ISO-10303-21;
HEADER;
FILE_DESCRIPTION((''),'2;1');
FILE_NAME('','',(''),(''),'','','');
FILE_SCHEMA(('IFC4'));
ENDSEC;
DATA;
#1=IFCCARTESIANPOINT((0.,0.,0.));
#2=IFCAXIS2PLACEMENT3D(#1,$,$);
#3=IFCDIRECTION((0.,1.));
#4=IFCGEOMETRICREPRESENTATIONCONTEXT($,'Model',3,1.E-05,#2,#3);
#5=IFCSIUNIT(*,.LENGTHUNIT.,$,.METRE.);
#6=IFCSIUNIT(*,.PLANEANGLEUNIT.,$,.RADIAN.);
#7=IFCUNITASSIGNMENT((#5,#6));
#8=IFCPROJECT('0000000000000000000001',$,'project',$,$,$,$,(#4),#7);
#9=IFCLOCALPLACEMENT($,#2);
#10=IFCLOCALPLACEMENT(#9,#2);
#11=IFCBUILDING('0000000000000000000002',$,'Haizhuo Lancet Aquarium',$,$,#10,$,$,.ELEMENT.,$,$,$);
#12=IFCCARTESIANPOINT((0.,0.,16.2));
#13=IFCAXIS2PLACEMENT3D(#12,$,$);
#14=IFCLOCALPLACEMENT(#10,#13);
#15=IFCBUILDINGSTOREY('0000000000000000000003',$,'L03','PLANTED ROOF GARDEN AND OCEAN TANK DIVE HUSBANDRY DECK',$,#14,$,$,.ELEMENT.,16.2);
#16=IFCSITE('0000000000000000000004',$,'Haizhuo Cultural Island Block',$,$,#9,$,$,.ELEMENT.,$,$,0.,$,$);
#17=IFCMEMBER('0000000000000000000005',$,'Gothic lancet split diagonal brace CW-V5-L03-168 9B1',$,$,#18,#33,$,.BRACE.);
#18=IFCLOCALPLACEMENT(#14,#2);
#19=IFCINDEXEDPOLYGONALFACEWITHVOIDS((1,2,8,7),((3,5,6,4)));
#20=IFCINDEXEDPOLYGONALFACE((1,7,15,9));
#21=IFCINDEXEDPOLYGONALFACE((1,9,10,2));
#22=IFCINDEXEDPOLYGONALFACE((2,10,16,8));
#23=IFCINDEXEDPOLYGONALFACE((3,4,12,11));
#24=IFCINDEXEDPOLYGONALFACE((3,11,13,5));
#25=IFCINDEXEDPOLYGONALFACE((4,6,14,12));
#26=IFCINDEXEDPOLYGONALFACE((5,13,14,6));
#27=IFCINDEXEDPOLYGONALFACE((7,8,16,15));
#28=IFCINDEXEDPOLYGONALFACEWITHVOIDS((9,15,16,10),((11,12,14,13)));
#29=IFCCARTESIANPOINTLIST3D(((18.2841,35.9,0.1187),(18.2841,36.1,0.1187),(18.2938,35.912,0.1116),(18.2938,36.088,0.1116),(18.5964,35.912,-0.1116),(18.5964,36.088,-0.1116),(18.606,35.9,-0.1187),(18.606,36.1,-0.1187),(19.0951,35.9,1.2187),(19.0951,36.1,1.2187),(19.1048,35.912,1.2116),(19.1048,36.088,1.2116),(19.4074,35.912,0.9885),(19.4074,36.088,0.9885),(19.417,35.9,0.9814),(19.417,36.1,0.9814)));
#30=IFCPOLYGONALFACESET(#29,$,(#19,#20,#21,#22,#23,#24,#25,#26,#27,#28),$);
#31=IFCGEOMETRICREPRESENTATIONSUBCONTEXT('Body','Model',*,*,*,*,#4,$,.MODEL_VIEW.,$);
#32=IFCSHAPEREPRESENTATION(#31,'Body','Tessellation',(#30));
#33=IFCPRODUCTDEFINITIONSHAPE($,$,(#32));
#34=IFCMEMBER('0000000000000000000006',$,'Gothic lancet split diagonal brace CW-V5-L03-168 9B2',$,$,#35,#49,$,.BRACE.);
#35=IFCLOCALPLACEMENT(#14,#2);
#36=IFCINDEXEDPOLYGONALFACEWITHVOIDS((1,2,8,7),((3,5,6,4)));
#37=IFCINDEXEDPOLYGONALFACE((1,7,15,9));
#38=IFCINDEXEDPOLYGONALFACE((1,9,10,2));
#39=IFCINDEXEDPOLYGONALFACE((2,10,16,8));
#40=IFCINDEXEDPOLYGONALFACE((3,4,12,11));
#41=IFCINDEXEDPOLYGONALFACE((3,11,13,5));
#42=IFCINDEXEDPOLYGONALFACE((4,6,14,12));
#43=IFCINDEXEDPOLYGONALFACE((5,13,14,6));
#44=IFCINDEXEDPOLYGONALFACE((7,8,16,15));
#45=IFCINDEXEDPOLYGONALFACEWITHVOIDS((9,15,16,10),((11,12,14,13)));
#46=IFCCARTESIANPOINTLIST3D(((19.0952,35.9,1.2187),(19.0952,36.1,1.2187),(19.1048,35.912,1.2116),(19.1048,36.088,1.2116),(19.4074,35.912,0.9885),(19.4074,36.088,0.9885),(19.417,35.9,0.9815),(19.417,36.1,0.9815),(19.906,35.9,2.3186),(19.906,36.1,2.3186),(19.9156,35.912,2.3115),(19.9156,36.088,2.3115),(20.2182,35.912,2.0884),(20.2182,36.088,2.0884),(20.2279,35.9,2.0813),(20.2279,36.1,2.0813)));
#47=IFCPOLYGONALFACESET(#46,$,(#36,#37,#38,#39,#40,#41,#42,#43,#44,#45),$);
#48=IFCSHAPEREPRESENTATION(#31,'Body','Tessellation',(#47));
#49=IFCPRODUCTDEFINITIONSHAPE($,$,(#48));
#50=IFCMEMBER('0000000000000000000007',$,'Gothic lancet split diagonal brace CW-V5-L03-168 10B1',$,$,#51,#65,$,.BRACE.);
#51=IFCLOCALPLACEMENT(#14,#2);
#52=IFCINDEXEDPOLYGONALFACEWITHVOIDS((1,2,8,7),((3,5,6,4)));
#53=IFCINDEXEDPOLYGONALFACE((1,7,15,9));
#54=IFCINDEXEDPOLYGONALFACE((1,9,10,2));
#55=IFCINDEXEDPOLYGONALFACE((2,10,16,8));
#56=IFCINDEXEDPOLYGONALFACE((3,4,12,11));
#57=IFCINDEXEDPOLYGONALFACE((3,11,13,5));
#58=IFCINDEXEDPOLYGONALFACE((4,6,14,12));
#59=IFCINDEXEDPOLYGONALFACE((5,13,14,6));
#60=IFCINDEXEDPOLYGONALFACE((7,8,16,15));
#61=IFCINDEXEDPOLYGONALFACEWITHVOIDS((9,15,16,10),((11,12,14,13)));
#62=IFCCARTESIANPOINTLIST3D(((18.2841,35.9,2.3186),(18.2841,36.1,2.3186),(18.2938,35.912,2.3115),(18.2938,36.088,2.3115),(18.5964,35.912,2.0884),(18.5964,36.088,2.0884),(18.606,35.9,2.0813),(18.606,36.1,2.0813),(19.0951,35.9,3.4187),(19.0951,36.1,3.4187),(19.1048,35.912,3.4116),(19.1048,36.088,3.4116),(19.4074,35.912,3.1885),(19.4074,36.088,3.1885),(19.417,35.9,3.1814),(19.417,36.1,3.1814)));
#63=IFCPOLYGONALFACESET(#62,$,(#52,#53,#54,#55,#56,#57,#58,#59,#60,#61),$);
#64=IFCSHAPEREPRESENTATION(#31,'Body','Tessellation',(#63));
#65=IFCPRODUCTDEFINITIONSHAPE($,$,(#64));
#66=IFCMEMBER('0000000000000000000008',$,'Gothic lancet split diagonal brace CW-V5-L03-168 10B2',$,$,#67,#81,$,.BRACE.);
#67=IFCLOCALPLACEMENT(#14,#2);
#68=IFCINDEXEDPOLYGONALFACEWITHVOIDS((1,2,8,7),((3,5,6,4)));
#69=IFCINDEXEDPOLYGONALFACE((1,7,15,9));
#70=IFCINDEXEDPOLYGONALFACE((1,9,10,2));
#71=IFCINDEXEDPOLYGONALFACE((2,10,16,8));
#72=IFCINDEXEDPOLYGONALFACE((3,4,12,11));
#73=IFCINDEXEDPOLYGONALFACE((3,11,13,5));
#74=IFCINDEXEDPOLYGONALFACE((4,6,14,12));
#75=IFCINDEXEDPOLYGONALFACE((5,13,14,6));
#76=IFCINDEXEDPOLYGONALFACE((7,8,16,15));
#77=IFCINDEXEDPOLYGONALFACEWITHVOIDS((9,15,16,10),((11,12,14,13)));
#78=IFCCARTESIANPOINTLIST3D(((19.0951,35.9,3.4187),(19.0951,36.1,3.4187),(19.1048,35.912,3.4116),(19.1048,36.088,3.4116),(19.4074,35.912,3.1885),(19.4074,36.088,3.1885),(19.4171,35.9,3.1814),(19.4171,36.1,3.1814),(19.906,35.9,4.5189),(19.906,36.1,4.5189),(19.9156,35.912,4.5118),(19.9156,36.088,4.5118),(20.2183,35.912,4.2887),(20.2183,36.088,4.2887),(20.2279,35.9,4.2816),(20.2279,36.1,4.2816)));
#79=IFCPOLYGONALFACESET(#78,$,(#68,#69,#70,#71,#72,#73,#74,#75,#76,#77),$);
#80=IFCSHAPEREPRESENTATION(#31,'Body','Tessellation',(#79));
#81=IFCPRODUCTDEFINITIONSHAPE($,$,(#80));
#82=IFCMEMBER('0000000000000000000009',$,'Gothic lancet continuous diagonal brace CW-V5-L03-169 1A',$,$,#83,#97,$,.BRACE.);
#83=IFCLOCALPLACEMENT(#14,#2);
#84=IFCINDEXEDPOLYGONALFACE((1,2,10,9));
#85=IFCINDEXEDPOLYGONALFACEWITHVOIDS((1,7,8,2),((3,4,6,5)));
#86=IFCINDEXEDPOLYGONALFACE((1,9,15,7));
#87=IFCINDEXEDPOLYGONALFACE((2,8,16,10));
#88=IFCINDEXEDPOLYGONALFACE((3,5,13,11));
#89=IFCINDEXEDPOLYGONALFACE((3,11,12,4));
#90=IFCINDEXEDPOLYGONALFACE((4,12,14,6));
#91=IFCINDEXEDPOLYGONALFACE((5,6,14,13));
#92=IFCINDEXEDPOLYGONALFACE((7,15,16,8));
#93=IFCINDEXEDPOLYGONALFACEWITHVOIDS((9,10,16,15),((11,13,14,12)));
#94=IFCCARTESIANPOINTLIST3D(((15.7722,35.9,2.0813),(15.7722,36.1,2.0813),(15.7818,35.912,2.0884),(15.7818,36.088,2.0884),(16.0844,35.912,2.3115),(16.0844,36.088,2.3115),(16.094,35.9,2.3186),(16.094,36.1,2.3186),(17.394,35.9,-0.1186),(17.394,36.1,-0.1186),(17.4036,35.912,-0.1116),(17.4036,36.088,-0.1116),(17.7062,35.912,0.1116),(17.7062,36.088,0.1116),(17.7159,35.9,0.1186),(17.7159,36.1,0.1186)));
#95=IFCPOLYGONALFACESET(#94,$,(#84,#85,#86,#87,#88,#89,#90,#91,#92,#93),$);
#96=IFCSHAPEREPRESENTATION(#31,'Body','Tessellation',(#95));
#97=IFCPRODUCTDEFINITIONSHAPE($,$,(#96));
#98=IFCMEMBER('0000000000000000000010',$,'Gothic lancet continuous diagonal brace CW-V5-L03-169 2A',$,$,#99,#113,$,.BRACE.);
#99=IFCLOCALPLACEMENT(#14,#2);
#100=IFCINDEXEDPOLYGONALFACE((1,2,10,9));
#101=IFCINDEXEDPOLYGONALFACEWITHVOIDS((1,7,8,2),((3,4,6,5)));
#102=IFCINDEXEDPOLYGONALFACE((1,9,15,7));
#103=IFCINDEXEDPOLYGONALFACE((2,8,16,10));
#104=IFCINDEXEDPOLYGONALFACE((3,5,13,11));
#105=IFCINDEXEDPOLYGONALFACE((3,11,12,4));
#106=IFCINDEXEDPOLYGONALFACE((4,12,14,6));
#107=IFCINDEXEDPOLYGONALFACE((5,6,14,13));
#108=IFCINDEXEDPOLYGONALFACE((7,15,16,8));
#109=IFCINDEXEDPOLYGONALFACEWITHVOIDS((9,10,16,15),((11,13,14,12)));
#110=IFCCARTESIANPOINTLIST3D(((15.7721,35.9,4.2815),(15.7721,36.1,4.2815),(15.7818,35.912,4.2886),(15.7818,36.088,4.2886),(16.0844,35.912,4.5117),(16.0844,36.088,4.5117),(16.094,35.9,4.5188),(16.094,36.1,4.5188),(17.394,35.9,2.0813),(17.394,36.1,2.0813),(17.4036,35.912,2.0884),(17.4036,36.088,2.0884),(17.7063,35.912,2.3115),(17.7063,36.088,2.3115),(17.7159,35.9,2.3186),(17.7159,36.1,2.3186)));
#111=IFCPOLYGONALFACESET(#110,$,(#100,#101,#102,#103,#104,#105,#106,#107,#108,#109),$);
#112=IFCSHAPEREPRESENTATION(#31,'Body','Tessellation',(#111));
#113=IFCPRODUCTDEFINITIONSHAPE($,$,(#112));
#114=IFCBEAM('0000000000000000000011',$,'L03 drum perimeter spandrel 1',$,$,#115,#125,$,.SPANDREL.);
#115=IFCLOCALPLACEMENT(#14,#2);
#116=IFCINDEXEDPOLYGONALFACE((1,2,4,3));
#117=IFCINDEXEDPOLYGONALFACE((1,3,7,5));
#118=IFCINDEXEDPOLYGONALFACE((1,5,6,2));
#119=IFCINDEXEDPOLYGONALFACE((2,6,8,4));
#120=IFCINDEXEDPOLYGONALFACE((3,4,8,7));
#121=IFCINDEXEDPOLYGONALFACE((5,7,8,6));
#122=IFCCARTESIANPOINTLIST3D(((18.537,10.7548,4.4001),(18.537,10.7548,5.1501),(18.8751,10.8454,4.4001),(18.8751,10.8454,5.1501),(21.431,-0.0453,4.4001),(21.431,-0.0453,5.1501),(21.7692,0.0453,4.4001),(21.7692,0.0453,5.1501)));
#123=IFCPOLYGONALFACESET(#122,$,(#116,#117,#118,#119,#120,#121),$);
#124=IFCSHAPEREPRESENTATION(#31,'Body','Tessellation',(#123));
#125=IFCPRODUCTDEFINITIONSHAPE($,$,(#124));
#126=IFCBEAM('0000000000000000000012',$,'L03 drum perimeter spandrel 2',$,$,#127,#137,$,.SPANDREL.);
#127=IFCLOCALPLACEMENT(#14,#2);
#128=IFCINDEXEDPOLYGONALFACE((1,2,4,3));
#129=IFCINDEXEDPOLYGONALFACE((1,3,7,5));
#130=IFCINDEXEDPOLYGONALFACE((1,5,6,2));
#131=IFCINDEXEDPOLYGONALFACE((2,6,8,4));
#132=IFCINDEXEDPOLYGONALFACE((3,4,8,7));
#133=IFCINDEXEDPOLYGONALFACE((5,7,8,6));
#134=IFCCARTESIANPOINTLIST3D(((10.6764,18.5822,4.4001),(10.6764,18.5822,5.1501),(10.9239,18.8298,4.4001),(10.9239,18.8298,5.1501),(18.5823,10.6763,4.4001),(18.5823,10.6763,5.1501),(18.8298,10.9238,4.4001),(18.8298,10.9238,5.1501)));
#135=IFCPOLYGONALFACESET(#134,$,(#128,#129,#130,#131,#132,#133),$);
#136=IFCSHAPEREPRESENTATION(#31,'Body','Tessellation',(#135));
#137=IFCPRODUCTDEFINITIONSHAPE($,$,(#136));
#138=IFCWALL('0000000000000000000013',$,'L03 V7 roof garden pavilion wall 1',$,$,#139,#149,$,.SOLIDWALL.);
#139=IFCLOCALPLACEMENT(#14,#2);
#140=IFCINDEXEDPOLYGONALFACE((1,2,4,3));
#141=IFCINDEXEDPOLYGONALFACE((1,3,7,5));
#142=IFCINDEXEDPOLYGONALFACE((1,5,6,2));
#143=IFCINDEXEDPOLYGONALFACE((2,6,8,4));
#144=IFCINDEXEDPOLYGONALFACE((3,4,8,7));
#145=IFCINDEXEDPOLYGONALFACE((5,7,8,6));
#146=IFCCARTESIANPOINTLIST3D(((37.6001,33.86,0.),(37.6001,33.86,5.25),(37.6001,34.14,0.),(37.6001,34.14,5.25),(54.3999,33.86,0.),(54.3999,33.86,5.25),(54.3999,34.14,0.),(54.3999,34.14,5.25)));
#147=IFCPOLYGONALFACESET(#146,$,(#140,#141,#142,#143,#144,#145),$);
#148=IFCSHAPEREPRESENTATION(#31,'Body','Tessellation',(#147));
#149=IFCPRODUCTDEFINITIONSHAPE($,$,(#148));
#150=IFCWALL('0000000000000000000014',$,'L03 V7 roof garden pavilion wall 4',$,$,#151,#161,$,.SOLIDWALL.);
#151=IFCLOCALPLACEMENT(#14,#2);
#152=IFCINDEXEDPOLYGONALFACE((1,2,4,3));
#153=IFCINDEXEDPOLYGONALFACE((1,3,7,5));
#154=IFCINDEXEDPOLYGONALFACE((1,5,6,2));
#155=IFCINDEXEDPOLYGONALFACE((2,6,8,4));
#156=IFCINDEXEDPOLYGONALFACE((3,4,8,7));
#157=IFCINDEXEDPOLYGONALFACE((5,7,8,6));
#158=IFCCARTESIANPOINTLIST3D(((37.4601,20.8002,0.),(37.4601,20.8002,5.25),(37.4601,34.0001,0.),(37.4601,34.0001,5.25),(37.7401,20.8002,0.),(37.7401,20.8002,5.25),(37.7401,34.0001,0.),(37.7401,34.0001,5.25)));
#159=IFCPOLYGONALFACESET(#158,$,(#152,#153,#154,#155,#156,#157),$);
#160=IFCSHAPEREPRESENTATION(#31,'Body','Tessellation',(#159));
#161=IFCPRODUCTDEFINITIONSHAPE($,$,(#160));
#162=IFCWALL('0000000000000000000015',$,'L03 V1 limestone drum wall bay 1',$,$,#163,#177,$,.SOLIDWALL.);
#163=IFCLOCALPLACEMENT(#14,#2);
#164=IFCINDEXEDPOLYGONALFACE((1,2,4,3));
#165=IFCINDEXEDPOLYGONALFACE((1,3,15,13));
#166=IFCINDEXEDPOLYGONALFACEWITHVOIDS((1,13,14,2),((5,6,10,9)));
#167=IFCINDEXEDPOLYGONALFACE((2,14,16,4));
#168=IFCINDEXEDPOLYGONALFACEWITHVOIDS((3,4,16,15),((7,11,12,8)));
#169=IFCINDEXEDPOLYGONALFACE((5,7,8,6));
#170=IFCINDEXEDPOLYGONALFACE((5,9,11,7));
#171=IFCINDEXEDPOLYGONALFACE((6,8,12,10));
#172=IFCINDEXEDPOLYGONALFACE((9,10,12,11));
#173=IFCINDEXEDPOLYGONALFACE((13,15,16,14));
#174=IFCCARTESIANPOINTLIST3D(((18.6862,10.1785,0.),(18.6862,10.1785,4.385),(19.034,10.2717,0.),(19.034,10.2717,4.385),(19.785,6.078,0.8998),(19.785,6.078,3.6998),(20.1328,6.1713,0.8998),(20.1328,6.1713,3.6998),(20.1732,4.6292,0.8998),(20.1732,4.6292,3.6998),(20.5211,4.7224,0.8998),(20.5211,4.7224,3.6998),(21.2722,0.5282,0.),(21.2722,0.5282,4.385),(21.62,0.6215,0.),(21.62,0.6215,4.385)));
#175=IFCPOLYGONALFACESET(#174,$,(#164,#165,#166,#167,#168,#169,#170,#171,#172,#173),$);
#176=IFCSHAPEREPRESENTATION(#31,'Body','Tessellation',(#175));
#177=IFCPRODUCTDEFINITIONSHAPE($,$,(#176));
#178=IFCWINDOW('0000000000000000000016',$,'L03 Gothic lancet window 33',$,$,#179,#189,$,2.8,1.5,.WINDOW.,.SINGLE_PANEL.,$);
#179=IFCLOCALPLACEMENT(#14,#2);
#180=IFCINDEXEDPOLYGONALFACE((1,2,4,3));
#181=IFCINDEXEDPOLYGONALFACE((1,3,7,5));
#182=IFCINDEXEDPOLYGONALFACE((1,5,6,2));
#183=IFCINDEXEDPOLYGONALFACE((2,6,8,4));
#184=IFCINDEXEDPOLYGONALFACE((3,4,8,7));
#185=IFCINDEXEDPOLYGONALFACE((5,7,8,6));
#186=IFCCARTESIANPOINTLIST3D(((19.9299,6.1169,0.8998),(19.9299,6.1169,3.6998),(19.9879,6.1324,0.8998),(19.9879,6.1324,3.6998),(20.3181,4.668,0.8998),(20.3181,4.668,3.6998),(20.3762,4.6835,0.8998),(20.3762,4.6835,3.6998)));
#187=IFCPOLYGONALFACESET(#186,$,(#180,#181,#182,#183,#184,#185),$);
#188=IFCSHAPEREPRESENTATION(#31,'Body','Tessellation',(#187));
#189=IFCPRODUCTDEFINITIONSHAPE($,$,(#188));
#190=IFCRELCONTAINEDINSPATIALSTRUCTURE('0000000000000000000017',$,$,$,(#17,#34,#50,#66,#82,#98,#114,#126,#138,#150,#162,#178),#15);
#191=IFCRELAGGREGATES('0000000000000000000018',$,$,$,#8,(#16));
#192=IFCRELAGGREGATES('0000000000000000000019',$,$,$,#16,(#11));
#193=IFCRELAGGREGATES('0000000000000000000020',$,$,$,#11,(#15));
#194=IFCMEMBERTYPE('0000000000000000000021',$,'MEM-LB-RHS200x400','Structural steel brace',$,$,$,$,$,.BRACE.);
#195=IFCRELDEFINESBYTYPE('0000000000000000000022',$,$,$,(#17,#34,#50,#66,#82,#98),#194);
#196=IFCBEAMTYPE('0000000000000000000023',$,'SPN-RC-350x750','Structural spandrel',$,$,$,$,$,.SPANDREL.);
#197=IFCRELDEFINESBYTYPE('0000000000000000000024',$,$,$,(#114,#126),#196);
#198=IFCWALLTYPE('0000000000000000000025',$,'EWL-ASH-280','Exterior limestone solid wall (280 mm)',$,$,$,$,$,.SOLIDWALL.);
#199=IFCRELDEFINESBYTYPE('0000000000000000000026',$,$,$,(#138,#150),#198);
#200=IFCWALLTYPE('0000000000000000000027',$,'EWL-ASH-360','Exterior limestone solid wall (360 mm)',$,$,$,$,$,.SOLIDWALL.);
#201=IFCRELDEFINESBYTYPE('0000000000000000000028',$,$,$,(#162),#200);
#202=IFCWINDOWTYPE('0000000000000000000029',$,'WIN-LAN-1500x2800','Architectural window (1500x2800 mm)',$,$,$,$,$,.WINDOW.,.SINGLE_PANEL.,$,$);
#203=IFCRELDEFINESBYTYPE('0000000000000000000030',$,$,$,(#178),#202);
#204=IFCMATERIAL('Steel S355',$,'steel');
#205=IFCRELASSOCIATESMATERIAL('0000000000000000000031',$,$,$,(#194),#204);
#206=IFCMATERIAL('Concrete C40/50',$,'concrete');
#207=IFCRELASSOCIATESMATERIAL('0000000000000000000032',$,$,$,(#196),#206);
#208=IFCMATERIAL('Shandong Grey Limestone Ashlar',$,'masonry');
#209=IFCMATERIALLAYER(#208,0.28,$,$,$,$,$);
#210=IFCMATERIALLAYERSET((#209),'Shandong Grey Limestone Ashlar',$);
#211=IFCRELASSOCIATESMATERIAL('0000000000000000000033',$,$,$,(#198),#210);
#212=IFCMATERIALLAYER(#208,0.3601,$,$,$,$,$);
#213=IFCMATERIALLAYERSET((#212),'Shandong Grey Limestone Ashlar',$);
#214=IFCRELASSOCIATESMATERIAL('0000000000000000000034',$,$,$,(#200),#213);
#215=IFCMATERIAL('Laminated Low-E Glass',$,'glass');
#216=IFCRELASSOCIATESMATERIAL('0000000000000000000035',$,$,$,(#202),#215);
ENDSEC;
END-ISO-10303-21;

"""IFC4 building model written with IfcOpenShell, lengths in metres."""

from ifc_helpers import new_model, si_unit, direction, frame, frame_2d, origin, origin_2d, place, context, subcontext, project, spatial, rectangle, hollow_rectangle, extrude, material, layer, layer_set, material_profile, profile_set, type_object, element, fill, save


model = new_model("IFC4")

# Units and contexts
model_context = context("Model", 3, precision=1e-05, world=origin(), true_north=direction((0.0, 1.0)))
body_context = subcontext(model_context, "Body", "Model", "MODEL_VIEW")
ifc_project = project(units=[si_unit("LENGTHUNIT", "METRE"), si_unit("PLANEANGLEUNIT", "RADIAN")], contexts=[model_context])

# Site, building, storey
site_placement = place(None, origin())
site = spatial("IfcSite", under=ifc_project, at=site_placement, Name="Haizhuo Cultural Island Block", CompositionType="ELEMENT", RefElevation=0.0)
building_placement = place(site_placement, origin())
building = spatial("IfcBuilding", under=site, at=building_placement, Name="Haizhuo Lancet Aquarium", CompositionType="ELEMENT")
storey_placement = place(building_placement, frame((0.0, 0.0, 16.2)))
storey = spatial("IfcBuildingStorey", under=building, at=storey_placement, Name="L03", Description="PLANTED ROOF GARDEN AND OCEAN TANK DIVE HUSBANDRY DECK", CompositionType="ELEMENT", Elevation=16.2)

# Shared definitions
ifc_material_1 = material(Name="Concrete C40/50", Category="concrete")

# Members
ifc_material_2 = material(Name="Steel S355", Category="steel")
ifc_material_profile_1 = material_profile(ifc_material_2, hollow_rectangle(XDim=0.2, YDim=0.3999, WallThickness=0.012, at=origin_2d()), Name="RHS 200x400x12")
ifc_profile_set_1 = profile_set([ifc_material_profile_1], Name="Steel S355")
member_type_1 = type_object("IfcMemberType", Name="MEM-LB-RHS200x400", Description="Structural steel brace", PredefinedType="BRACE", material=ifc_profile_set_1)
member_1_placement = place(storey_placement, frame((18.4451, 36.0, 0.0), z_axis=(0.593406, 0.0, 0.804903), x_axis=(0.0, 1.0, 0.0)))
element("IfcMember", 1, at=member_1_placement, inside=storey, type_object=member_type_1, Name="Gothic lancet split diagonal brace CW-V5-L03-168 9B1", PredefinedType="BRACE", context=body_context, shape_type="SweptSolid", body=[
    extrude(hollow_rectangle(XDim=0.2, YDim=0.3999, WallThickness=0.012, at=origin_2d()), origin(), (0.0, 0.0, 1.0), 1.3667),
])
member_2_placement = place(storey_placement, frame((19.2561, 36.0, 1.1001), z_axis=(0.593376, 0.0, 0.804926), x_axis=(0.0, 1.0, 0.0)))
element("IfcMember", 2, at=member_2_placement, inside=storey, type_object=member_type_1, Name="Gothic lancet split diagonal brace CW-V5-L03-168 9B2", PredefinedType="BRACE", context=body_context, shape_type="SweptSolid", body=[
    extrude(hollow_rectangle(XDim=0.2, YDim=0.3999, WallThickness=0.012, at=origin_2d()), origin(), (0.0, 0.0, 1.0), 1.3665),
])
for number, where, z_axis, x_axis, name in (
    (3, (18.4451, 36.0, 2.2), (0.593406, 0.0, 0.804903), (0.0, 1.0, 0.0), "Gothic lancet split diagonal brace CW-V5-L03-168 10B1"),
    (4, (19.2561, 36.0, 3.3), (0.59329, 0.0, 0.804988), (0.0, 1.0, 0.0), "Gothic lancet split diagonal brace CW-V5-L03-168 10B2"),
):
    element("IfcMember", number, at=place(storey_placement, frame(where, z_axis=z_axis, x_axis=x_axis)), inside=storey, type_object=member_type_1, Name=name, PredefinedType="BRACE", context=body_context, shape_type="SweptSolid", body=[
        extrude(hollow_rectangle(XDim=0.2, YDim=0.3999, WallThickness=0.012, at=origin_2d()), origin(), (0.0, 0.0, 1.0), 1.3667),
    ])
member_3_placement = place(storey_placement, frame((17.5549, 36.0, 0.0), z_axis=(-0.593391, 0.0, 0.804914), x_axis=(0.0, -1.0, 0.0)))
element("IfcMember", 5, at=member_3_placement, inside=storey, type_object=member_type_1, Name="Gothic lancet continuous diagonal brace CW-V5-L03-169 1A", PredefinedType="BRACE", context=body_context, shape_type="SweptSolid", body=[
    extrude(hollow_rectangle(XDim=0.2, YDim=0.3999, WallThickness=0.012, at=origin_2d()), origin(), (0.0, 0.0, 1.0), 2.7332),
])
member_4_placement = place(storey_placement, frame((17.5549, 36.0, 2.2), z_axis=(-0.593348, 0.0, 0.804946), x_axis=(0.0, -1.0, 0.0)))
element("IfcMember", 6, at=member_4_placement, inside=storey, type_object=member_type_1, Name="Gothic lancet continuous diagonal brace CW-V5-L03-169 2A", PredefinedType="BRACE", context=body_context, shape_type="SweptSolid", body=[
    extrude(hollow_rectangle(XDim=0.2, YDim=0.3999, WallThickness=0.012, at=origin_2d()), origin(), (0.0, 0.0, 1.0), 2.7334),
])

# Beams
ifc_material_profile_2 = material_profile(ifc_material_1, rectangle(XDim=0.3501, YDim=0.75, at=origin_2d()), Name="RC-SP 350x750")
ifc_profile_set_2 = profile_set([ifc_material_profile_2], Name="Concrete C40/50")
beam_type_1 = type_object("IfcBeamType", Name="SPN-RC-350x750", Description="Structural spandrel", PredefinedType="SPANDREL", material=ifc_profile_set_2)
beam_1_placement = place(storey_placement, frame((21.6001, 0.0, 4.7751), z_axis=(-0.258834, 0.965922, 0.0), x_axis=(-0.965922, -0.258834, 0.0)))
element("IfcBeam", 7, at=beam_1_placement, inside=storey, type_object=beam_type_1, Name="L03 drum perimeter spandrel 1", PredefinedType="SPANDREL", context=body_context, shape_type="SweptSolid", body=[
    extrude(rectangle(XDim=0.3501, YDim=0.75, at=origin_2d()), origin(), (0.0, 0.0, 1.0), 11.1812),
])
beam_2_placement = place(storey_placement, frame((18.7061, 10.8, 4.7751), z_axis=(-0.707107, 0.707107, 0.0), x_axis=(-0.707107, -0.707107, 0.0)))
element("IfcBeam", 8, at=beam_2_placement, inside=storey, type_object=beam_type_1, Name="L03 drum perimeter spandrel 2", PredefinedType="SPANDREL", context=body_context, shape_type="SweptSolid", body=[
    extrude(rectangle(XDim=0.3501, YDim=0.75, at=origin_2d()), origin(), (0.0, 0.0, 1.0), 11.1807),
])

# Walls
ifc_material_3 = material(Name="Shandong Grey Limestone Ashlar", Category="masonry")
ifc_layer_1 = layer(ifc_material_3, 0.28)
ifc_layer_set_1 = layer_set([ifc_layer_1], Name="Shandong Grey Limestone Ashlar")
wall_type_1 = type_object("IfcWallType", Name="EWL-ASH-280", Description="Exterior limestone solid wall (280 mm)", PredefinedType="SOLIDWALL", material=ifc_layer_set_1)
wall_1_placement = place(storey_placement, frame((37.6001, 34.0, 0.0), z_axis=(0.0, 0.0, 1.0), x_axis=(1.0, 0.0, 0.0)))
element("IfcWall", 9, at=wall_1_placement, inside=storey, type_object=wall_type_1, Name="L03 V7 roof garden pavilion wall 1", PredefinedType="SOLIDWALL", context=body_context, shape_type="SweptSolid", body=[
    extrude(rectangle(XDim=16.7998, YDim=0.28, at=frame_2d((8.3999, 0.0))), origin(), (0.0, 0.0, 1.0), 5.25),
])
wall_2_placement = place(storey_placement, frame((37.6001, 20.8, 0.0), z_axis=(0.0, 0.0, 1.0), x_axis=(0.0, 1.0, 0.0)))
element("IfcWall", 10, at=wall_2_placement, inside=storey, type_object=wall_type_1, Name="L03 V7 roof garden pavilion wall 4", PredefinedType="SOLIDWALL", context=body_context, shape_type="SweptSolid", body=[
    extrude(rectangle(XDim=13.2, YDim=0.28, at=frame_2d((6.6001, 0.0))), origin(), (0.0, 0.0, 1.0), 5.25),
])

# Wall, opening, window
ifc_layer_2 = layer(ifc_material_3, 0.3601)
ifc_layer_set_2 = layer_set([ifc_layer_2], Name="Shandong Grey Limestone Ashlar")
wall_type_2 = type_object("IfcWallType", Name="EWL-ASH-360", Description="Exterior limestone solid wall (360 mm)", PredefinedType="SOLIDWALL", material=ifc_layer_set_2)
wall_3_placement = place(storey_placement, frame((18.8601, 10.2251, 0.0), z_axis=(0.0, 0.0, 1.0), x_axis=(0.258837, -0.965921, 0.0)))
wall_3 = element("IfcWall", 11, at=wall_3_placement, inside=storey, type_object=wall_type_2, Name="L03 V1 limestone drum wall bay 1", PredefinedType="SOLIDWALL", context=body_context, shape_type="SweptSolid", body=[
    extrude(rectangle(XDim=9.9907, YDim=0.3601, at=frame_2d((4.9954, 0.0))), origin(), (0.0, 0.0, 1.0), 4.385),
])
opening_1_placement = place(wall_3_placement, frame((4.2451, 0.0, 0.8999)))
opening_1 = element("IfcOpeningElement", 12, at=opening_1_placement, cuts=wall_3, PredefinedType="OPENING", context=body_context, shape_type="SweptSolid", body=[
    extrude(rectangle(XDim=1.5, YDim=2.8, at=frame_2d((0.75, 1.3999))), frame((0.0, 0.1899, 0.0), z_axis=(0.0, -1.0, 0.0), x_axis=(1.0, 0.0, 0.0)), (0.0, 0.0, 1.0), 0.3801),
])
ifc_material_4 = material(Name="Laminated Low-E Glass", Category="glass")
window_type_1 = type_object("IfcWindowType", Name="WIN-LAN-1500x2800", Description="Architectural window (1500x2800 mm)", PartitioningType="SINGLE_PANEL", PredefinedType="WINDOW", material=ifc_material_4)
window_1_placement = place(opening_1_placement, origin())
window_1 = element("IfcWindow", 13, at=window_1_placement, inside=storey, type_object=window_type_1, Name="L03 Gothic lancet window 33", OverallHeight=2.8, OverallWidth=1.5, PartitioningType="SINGLE_PANEL", PredefinedType="WINDOW", context=body_context, shape_type="SweptSolid", body=[
    extrude(rectangle(XDim=1.5, YDim=2.8, at=frame_2d((0.75, 1.3999))), frame((0.0, 0.03, 0.0), z_axis=(0.0, -1.0, 0.0), x_axis=(1.0, 0.0, 0.0)), (0.0, 0.0, 1.0), 0.0601),
])
fill(opening_1, window_1)

save(model, "model.ifc")
